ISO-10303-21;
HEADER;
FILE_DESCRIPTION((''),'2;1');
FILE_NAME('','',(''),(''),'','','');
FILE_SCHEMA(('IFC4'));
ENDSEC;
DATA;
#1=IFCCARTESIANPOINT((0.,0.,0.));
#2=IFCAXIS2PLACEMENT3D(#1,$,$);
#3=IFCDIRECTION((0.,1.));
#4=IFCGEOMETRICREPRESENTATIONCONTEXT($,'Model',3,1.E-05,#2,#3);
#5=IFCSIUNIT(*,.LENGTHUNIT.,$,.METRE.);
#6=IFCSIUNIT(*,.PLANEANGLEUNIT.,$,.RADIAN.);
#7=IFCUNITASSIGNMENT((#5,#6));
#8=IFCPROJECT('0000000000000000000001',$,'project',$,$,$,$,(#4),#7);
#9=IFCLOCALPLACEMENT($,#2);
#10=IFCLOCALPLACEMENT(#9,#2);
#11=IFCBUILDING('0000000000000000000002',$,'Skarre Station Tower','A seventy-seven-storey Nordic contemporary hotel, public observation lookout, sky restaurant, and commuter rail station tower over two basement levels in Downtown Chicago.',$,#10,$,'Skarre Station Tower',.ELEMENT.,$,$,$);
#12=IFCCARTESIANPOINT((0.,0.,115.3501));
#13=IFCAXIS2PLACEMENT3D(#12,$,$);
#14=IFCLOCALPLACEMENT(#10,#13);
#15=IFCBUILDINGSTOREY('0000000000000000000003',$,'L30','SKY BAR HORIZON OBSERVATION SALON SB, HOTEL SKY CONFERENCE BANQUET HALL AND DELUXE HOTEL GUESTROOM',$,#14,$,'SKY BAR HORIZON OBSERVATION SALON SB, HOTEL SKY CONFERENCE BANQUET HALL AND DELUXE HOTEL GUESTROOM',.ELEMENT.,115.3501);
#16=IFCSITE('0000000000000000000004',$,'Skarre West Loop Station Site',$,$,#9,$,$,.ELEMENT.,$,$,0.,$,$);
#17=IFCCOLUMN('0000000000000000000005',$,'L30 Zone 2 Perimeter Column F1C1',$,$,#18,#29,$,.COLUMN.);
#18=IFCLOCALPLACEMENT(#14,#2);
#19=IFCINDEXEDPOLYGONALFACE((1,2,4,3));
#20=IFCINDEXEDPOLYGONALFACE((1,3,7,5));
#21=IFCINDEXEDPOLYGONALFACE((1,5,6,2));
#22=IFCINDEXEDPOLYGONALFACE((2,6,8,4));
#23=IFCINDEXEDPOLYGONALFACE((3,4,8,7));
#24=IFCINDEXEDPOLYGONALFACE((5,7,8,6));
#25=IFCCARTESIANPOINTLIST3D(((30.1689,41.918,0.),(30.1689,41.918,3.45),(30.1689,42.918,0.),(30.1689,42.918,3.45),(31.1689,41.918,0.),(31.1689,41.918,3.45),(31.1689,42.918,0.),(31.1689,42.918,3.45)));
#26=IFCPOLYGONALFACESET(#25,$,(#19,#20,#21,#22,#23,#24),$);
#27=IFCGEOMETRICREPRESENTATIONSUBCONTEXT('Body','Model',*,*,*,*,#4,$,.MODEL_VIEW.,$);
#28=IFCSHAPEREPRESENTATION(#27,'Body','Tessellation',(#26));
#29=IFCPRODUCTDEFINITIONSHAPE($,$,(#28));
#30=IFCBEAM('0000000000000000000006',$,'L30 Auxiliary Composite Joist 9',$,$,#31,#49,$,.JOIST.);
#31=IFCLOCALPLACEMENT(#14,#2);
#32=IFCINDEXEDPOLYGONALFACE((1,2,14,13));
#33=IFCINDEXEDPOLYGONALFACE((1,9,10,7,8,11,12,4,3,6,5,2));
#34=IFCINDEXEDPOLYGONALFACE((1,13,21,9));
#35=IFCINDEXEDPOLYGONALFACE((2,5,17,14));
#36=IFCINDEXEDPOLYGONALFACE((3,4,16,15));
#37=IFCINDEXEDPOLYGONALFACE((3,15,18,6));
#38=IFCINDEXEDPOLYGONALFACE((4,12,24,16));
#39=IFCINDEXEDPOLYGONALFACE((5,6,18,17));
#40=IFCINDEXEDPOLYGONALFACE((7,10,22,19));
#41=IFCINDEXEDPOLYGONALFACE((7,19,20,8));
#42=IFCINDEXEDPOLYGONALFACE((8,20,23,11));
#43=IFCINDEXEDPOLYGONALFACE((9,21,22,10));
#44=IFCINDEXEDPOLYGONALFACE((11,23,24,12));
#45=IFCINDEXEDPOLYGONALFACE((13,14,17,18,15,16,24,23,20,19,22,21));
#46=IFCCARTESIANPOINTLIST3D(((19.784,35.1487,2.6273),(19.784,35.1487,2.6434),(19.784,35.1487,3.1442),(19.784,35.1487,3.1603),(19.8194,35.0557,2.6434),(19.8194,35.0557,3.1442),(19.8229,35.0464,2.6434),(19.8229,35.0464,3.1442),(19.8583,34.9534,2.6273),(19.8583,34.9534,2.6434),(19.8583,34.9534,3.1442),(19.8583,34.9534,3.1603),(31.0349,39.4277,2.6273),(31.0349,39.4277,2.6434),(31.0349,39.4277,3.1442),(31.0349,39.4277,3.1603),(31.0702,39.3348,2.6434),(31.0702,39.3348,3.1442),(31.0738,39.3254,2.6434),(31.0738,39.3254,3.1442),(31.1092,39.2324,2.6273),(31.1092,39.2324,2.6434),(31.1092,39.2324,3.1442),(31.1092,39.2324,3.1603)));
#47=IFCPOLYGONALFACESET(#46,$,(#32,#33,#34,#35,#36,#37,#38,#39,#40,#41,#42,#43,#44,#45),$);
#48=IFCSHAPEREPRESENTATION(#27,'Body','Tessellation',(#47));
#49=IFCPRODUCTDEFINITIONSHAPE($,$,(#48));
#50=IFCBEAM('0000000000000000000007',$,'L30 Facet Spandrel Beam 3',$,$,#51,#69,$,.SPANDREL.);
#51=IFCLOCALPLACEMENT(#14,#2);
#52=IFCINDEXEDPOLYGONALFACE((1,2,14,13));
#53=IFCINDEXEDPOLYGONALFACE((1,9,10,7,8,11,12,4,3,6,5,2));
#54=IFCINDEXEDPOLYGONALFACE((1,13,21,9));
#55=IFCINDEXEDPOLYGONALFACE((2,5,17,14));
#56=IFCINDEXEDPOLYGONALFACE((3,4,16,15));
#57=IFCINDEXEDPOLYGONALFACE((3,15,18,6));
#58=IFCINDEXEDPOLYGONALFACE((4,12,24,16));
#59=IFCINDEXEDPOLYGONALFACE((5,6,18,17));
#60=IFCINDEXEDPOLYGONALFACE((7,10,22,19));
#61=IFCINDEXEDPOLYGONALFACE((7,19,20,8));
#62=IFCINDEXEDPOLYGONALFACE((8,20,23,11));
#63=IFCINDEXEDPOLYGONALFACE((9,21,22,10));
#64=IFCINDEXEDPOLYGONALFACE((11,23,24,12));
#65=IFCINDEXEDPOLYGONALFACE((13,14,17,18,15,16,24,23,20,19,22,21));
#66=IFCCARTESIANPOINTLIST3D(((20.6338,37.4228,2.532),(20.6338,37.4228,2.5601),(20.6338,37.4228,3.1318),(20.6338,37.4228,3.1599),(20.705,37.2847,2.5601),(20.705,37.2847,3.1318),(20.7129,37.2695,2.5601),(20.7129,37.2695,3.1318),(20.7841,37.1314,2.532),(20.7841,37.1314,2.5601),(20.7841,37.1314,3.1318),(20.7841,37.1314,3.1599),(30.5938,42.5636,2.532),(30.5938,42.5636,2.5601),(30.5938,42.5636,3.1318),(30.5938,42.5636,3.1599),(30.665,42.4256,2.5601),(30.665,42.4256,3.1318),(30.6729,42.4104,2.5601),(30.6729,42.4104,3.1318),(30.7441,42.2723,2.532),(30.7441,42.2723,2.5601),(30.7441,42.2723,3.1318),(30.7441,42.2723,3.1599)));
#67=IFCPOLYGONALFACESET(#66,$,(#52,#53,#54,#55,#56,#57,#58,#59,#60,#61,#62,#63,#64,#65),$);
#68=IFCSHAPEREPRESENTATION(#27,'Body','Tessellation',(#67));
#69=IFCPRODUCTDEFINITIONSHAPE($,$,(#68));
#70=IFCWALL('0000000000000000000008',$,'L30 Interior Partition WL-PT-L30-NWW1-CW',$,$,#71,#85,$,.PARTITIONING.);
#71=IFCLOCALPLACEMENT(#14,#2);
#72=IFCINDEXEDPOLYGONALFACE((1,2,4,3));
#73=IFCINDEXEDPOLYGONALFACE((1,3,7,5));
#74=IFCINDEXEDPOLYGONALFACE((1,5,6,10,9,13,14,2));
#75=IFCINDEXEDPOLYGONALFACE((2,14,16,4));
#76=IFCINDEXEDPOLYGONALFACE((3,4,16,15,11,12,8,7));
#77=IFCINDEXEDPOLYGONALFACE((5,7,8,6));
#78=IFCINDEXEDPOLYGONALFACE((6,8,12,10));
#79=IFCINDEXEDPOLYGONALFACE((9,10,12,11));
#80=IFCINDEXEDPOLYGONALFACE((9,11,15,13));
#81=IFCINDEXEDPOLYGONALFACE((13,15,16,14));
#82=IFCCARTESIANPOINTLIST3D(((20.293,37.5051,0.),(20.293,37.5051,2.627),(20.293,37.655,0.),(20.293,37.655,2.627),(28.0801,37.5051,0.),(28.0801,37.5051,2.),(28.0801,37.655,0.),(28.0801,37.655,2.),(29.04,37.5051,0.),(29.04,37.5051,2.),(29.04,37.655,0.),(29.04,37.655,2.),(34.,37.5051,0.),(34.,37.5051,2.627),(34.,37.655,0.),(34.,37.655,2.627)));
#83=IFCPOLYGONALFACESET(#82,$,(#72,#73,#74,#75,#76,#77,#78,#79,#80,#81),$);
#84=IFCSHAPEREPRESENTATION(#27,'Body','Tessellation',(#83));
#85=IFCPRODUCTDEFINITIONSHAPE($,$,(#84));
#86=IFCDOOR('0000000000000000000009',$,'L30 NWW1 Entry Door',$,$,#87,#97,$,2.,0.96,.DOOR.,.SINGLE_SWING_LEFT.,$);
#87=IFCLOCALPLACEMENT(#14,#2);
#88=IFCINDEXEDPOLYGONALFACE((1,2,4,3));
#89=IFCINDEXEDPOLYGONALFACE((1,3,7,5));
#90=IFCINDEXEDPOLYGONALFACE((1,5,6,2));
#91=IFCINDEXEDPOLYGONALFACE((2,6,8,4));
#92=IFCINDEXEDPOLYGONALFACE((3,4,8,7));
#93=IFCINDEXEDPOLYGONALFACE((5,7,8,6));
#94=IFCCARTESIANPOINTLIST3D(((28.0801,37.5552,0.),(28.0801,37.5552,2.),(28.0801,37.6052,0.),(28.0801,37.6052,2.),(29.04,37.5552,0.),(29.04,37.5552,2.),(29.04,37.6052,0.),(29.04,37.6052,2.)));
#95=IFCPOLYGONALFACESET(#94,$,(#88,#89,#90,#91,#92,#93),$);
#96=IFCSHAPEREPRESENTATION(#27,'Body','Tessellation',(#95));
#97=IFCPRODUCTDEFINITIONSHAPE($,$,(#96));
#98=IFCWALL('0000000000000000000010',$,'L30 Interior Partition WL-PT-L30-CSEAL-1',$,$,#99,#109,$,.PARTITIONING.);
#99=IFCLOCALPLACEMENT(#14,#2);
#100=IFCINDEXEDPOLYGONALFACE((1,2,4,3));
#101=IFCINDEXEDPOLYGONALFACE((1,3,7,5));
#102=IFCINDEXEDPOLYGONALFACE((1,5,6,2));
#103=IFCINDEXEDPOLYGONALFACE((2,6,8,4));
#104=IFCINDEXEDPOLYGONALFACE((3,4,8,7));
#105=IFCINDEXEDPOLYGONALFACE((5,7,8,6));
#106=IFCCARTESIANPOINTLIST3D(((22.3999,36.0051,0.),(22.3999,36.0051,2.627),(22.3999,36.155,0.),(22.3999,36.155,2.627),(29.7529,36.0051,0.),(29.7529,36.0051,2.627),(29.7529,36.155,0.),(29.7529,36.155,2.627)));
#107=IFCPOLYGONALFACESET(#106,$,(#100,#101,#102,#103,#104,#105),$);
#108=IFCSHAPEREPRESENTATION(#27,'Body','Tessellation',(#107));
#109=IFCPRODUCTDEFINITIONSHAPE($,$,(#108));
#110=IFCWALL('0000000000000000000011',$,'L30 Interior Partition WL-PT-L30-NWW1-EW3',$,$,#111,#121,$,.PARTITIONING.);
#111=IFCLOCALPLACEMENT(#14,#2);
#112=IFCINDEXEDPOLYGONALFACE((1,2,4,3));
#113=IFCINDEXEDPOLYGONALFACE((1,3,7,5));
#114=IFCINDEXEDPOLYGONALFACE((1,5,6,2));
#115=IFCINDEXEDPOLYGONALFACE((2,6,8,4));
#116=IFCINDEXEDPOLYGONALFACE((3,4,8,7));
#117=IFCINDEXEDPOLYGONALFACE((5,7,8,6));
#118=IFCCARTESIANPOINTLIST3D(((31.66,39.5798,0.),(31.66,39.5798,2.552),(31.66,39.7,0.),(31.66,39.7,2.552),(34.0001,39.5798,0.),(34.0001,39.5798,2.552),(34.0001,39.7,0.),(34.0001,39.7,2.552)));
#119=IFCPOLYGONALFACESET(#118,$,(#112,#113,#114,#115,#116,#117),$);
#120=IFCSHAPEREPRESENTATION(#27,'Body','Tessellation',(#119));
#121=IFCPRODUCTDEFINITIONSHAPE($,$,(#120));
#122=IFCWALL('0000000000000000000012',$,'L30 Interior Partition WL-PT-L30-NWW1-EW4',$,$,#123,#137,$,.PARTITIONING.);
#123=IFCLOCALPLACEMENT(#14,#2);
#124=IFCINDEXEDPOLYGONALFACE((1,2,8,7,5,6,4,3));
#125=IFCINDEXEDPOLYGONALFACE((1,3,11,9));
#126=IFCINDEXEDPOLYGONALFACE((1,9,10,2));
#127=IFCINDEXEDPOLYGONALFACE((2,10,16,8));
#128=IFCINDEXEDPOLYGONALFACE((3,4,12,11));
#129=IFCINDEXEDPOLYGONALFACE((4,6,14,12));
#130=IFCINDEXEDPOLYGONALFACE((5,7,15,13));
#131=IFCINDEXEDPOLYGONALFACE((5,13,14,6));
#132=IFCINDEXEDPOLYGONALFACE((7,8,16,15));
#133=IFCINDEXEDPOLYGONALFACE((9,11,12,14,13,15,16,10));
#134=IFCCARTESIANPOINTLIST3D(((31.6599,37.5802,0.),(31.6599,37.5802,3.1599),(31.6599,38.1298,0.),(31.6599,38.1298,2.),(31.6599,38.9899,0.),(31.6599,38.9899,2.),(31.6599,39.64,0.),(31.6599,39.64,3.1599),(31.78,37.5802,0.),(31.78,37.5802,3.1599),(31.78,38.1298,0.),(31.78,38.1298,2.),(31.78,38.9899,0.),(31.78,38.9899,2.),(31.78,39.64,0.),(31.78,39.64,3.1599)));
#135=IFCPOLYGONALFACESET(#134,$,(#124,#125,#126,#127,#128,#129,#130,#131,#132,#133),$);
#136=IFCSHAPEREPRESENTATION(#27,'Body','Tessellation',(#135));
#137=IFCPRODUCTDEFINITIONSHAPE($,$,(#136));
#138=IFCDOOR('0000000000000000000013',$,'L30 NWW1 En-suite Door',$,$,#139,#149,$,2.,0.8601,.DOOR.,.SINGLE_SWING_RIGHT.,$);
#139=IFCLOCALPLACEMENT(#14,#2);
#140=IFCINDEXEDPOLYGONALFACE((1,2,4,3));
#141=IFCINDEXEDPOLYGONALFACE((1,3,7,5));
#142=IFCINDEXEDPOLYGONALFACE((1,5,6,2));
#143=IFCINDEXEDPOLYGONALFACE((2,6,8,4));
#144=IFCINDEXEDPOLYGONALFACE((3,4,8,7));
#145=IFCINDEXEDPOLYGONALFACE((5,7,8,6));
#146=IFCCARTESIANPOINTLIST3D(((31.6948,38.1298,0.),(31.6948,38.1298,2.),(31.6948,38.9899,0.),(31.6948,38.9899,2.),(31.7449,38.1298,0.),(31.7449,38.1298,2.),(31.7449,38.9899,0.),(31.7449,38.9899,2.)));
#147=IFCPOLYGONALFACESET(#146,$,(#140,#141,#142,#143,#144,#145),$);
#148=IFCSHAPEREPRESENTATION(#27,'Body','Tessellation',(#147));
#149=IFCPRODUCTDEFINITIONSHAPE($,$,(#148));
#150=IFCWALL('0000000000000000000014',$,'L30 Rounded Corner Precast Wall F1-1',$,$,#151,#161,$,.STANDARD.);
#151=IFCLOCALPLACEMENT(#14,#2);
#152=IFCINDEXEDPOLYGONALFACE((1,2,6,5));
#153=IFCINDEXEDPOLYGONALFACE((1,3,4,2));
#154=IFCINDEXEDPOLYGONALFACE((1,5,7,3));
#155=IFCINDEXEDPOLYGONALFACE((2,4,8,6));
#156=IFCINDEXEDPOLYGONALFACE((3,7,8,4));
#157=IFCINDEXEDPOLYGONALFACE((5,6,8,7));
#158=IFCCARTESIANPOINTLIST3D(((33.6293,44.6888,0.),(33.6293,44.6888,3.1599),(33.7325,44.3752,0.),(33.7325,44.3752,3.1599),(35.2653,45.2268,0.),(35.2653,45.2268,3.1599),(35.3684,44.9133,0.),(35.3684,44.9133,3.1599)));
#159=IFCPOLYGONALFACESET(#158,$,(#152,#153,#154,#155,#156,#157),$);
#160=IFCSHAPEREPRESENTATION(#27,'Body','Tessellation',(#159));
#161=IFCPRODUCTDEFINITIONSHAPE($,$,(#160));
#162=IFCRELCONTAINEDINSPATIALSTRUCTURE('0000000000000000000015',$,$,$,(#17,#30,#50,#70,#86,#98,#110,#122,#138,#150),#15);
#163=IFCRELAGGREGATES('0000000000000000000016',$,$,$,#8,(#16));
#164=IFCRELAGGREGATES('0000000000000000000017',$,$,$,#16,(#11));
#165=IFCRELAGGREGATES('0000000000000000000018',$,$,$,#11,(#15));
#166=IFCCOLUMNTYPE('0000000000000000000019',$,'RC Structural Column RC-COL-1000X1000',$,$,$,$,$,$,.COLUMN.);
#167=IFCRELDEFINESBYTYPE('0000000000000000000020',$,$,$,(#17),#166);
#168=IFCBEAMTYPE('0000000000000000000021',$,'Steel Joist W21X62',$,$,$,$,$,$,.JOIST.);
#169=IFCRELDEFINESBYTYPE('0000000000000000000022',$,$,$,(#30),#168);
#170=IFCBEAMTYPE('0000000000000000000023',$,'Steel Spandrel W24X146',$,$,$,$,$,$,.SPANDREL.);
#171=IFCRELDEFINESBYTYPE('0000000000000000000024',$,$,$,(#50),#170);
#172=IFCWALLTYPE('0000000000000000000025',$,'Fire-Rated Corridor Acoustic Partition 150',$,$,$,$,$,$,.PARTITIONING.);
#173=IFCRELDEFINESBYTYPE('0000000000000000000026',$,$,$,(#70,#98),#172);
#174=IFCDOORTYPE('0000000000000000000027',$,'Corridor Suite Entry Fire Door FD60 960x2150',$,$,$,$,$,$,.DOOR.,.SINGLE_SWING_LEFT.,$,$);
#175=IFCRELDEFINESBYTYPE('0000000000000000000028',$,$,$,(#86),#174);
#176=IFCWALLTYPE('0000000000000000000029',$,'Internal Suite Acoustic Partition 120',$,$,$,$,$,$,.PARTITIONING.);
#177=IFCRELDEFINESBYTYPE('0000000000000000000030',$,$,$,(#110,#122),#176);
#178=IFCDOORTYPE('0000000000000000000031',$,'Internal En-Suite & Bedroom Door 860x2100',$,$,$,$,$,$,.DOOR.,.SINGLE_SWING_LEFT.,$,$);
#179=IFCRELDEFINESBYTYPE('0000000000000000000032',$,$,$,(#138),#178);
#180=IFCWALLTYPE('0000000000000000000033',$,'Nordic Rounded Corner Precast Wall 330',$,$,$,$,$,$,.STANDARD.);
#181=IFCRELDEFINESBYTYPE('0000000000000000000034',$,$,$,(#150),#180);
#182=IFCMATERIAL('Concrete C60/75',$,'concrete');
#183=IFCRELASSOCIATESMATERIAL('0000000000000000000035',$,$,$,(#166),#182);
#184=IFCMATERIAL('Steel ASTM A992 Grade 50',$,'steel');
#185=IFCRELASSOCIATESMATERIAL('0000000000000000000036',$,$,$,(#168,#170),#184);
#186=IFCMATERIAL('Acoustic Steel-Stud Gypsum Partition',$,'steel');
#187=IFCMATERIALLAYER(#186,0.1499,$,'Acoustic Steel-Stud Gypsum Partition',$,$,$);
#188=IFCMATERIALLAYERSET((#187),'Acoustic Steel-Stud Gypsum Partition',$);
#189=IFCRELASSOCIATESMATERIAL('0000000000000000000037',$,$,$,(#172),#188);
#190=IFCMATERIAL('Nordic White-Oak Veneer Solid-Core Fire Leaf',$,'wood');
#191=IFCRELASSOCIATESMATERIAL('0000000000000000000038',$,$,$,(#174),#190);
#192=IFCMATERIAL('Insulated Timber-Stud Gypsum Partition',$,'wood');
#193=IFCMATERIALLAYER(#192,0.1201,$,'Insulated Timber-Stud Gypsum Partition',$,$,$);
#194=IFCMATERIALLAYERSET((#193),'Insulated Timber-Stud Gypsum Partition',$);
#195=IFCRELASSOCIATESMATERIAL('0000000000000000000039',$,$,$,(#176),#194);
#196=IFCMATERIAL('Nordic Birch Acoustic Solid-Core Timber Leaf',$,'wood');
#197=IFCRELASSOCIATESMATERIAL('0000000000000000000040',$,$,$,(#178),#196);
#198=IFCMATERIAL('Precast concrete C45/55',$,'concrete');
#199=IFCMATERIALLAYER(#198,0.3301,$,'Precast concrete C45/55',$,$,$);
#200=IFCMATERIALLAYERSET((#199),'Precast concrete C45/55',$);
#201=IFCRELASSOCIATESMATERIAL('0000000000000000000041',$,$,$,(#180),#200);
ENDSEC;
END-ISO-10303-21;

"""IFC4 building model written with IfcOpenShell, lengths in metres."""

from ifc_helpers import new_model, si_unit, direction, frame, frame_2d, origin, origin_2d, place, context, subcontext, project, spatial, rectangle, i_section, extrude, material, layer, layer_set, material_profile, profile_set, type_object, element, fill, save


model = new_model("IFC4")

# Units and contexts
model_context = context("Model", 3, precision=1e-05, world=origin(), true_north=direction((0.0, 1.0)))
body_context = subcontext(model_context, "Body", "Model", "MODEL_VIEW")
ifc_project = project(units=[si_unit("LENGTHUNIT", "METRE"), si_unit("PLANEANGLEUNIT", "RADIAN")], contexts=[model_context])

# Site, building, storey
site_placement = place(None, origin())
site = spatial("IfcSite", under=ifc_project, at=site_placement, Name="Skarre West Loop Station Site", CompositionType="ELEMENT", RefElevation=0.0)
building_placement = place(site_placement, origin())
building = spatial("IfcBuilding", under=site, at=building_placement, Name="Skarre Station Tower", Description="A seventy-seven-storey Nordic contemporary hotel, public observation lookout, sky restaurant, and commuter rail station tower over two basement levels in Downtown Chicago.", LongName="Skarre Station Tower", CompositionType="ELEMENT")
storey_placement = place(building_placement, frame((0.0, 0.0, 115.3501)))
storey = spatial("IfcBuildingStorey", under=building, at=storey_placement, Name="L30", Description="SKY BAR HORIZON OBSERVATION SALON SB, HOTEL SKY CONFERENCE BANQUET HALL AND DELUXE HOTEL GUESTROOM", LongName="SKY BAR HORIZON OBSERVATION SALON SB, HOTEL SKY CONFERENCE BANQUET HALL AND DELUXE HOTEL GUESTROOM", CompositionType="ELEMENT", Elevation=115.3501)

# Column
ifc_material_1 = material(Name="Concrete C60/75", Category="concrete")
ifc_material_profile_1 = material_profile(ifc_material_1, rectangle(XDim=1.0, YDim=1.0, at=origin_2d()), Name="Concrete C60/75")
ifc_profile_set_1 = profile_set([ifc_material_profile_1], Name="Concrete C60/75")
column_type = type_object("IfcColumnType", Name="RC Structural Column RC-COL-1000X1000", PredefinedType="COLUMN", material=ifc_profile_set_1)
column_placement = place(storey_placement, frame((30.6689, 42.418, 0.0), z_axis=(0.0, 0.0, 1.0), x_axis=(1.0, 0.0, 0.0)))
element("IfcColumn", 1, at=column_placement, inside=storey, type_object=column_type, Name="L30 Zone 2 Perimeter Column F1C1", PredefinedType="COLUMN", context=body_context, shape_type="SweptSolid", body=[
    extrude(rectangle(XDim=1.0, YDim=1.0, at=origin_2d()), origin(), (0.0, 0.0, 1.0), 3.45),
])

# Beams
ifc_material_2 = material(Name="Steel ASTM A992 Grade 50", Category="steel")
ifc_material_profile_2 = material_profile(ifc_material_2, i_section(OverallWidth=0.209, OverallDepth=0.533, WebThickness=0.01, FlangeThickness=0.0161, at=origin_2d()), Name="Steel ASTM A992 Grade 50")
ifc_profile_set_2 = profile_set([ifc_material_profile_2], Name="Steel ASTM A992 Grade 50")
beam_type_1 = type_object("IfcBeamType", Name="Steel Joist W21X62", PredefinedType="JOIST", material=ifc_profile_set_2)
beam_1_placement = place(storey_placement, frame((31.072, 39.3301, 2.8938), z_axis=(-0.934682, -0.355485, 0.0), x_axis=(0.355485, -0.934682, 0.0)))
element("IfcBeam", 2, at=beam_1_placement, inside=storey, type_object=beam_type_1, Name="L30 Auxiliary Composite Joist 9", PredefinedType="JOIST", context=body_context, shape_type="SweptSolid", body=[
    extrude(i_section(OverallWidth=0.209, OverallDepth=0.533, WebThickness=0.01, FlangeThickness=0.0161, at=origin_2d()), origin(), (0.0, 0.0, 1.0), 12.0371),
])
ifc_material_profile_3 = material_profile(ifc_material_2, i_section(OverallWidth=0.3279, OverallDepth=0.6279, WebThickness=0.0171, FlangeThickness=0.0281, at=origin_2d()), Name="Steel ASTM A992 Grade 50")
ifc_profile_set_3 = profile_set([ifc_material_profile_3], Name="Steel ASTM A992 Grade 50")
beam_type_2 = type_object("IfcBeamType", Name="Steel Spandrel W24X146", PredefinedType="SPANDREL", material=ifc_profile_set_3)
beam_2_placement = place(storey_placement, frame((30.6689, 42.418, 2.8459), z_axis=(-0.888612, -0.45866, 0.0), x_axis=(0.45866, -0.888612, 0.0)))
element("IfcBeam", 3, at=beam_2_placement, inside=storey, type_object=beam_type_2, Name="L30 Facet Spandrel Beam 3", PredefinedType="SPANDREL", context=body_context, shape_type="SweptSolid", body=[
    extrude(i_section(OverallWidth=0.3279, OverallDepth=0.6279, WebThickness=0.0171, FlangeThickness=0.0281, at=origin_2d()), origin(), (0.0, 0.0, 1.0), 11.2085),
])

# Wall, opening, door
ifc_material_3 = material(Name="Acoustic Steel-Stud Gypsum Partition", Category="steel")
ifc_layer_1 = layer(ifc_material_3, 0.1499, Name="Acoustic Steel-Stud Gypsum Partition")
ifc_layer_set_1 = layer_set([ifc_layer_1], Name="Acoustic Steel-Stud Gypsum Partition")
wall_type_1 = type_object("IfcWallType", Name="Fire-Rated Corridor Acoustic Partition 150", PredefinedType="PARTITIONING", material=ifc_layer_set_1)
wall_1_placement = place(storey_placement, frame((34.0, 37.5801, 0.0), z_axis=(0.0, 0.0, 1.0), x_axis=(-1.0, 0.0, 0.0)))
wall_1 = element("IfcWall", 4, at=wall_1_placement, inside=storey, type_object=wall_type_1, Name="L30 Interior Partition WL-PT-L30-NWW1-CW", PredefinedType="PARTITIONING", context=body_context, shape_type="SweptSolid", body=[
    extrude(rectangle(XDim=13.707, YDim=0.1499, at=frame_2d((6.8535, 0.0))), origin(), (0.0, 0.0, 1.0), 2.627),
])
opening_1_placement = place(wall_1_placement, frame((4.96, 0.0, 0.0)))
opening_1 = element("IfcOpeningElement", 5, at=opening_1_placement, cuts=wall_1, PredefinedType="OPENING", context=body_context, shape_type="SweptSolid", body=[
    extrude(rectangle(XDim=0.96, YDim=2.0, at=frame_2d((0.48, 1.0))), frame((0.0, 0.085, 0.0), z_axis=(0.0, -1.0, 0.0), x_axis=(1.0, 0.0, 0.0)), (0.0, 0.0, 1.0), 0.1699),
])
ifc_material_4 = material(Name="Nordic White-Oak Veneer Solid-Core Fire Leaf", Category="wood")
door_type_1 = type_object("IfcDoorType", Name="Corridor Suite Entry Fire Door FD60 960x2150", OperationType="SINGLE_SWING_LEFT", PredefinedType="DOOR", material=ifc_material_4)
door_1_placement = place(opening_1_placement, origin())
door_1 = element("IfcDoor", 6, at=door_1_placement, inside=storey, type_object=door_type_1, Name="L30 NWW1 Entry Door", OperationType="SINGLE_SWING_LEFT", OverallHeight=2.0, OverallWidth=0.96, PredefinedType="DOOR", context=body_context, shape_type="SweptSolid", body=[
    extrude(rectangle(XDim=0.96, YDim=2.0, at=frame_2d((0.48, 1.0))), frame((0.0, 0.0249, 0.0), z_axis=(0.0, -1.0, 0.0), x_axis=(1.0, 0.0, 0.0)), (0.0, 0.0, 1.0), 0.05),
])
fill(opening_1, door_1)

# Walls
wall_2_placement = place(storey_placement, frame((29.7529, 36.0801, 0.0), z_axis=(0.0, 0.0, 1.0), x_axis=(-1.0, 0.0, 0.0)))
element("IfcWall", 7, at=wall_2_placement, inside=storey, type_object=wall_type_1, Name="L30 Interior Partition WL-PT-L30-CSEAL-1", PredefinedType="PARTITIONING", context=body_context, shape_type="SweptSolid", body=[
    extrude(rectangle(XDim=7.353, YDim=0.1499, at=frame_2d((3.6765, 0.0))), origin(), (0.0, 0.0, 1.0), 2.627),
])
ifc_material_5 = material(Name="Insulated Timber-Stud Gypsum Partition", Category="wood")
ifc_layer_2 = layer(ifc_material_5, 0.1201, Name="Insulated Timber-Stud Gypsum Partition")
ifc_layer_set_2 = layer_set([ifc_layer_2], Name="Insulated Timber-Stud Gypsum Partition")
wall_type_2 = type_object("IfcWallType", Name="Internal Suite Acoustic Partition 120", PredefinedType="PARTITIONING", material=ifc_layer_set_2)
wall_3_placement = place(storey_placement, frame((34.0, 39.6399, 0.0), z_axis=(0.0, 0.0, 1.0), x_axis=(-1.0, 0.0, 0.0)))
element("IfcWall", 8, at=wall_3_placement, inside=storey, type_object=wall_type_2, Name="L30 Interior Partition WL-PT-L30-NWW1-EW3", PredefinedType="PARTITIONING", context=body_context, shape_type="SweptSolid", body=[
    extrude(rectangle(XDim=2.3401, YDim=0.1201, at=frame_2d((1.1699, 0.0))), origin(), (0.0, 0.0, 1.0), 2.552),
])

# Wall, opening, door
wall_4_placement = place(storey_placement, frame((31.72, 39.6399, 0.0), z_axis=(0.0, 0.0, 1.0), x_axis=(0.0, -1.0, 0.0)))
wall_4 = element("IfcWall", 9, at=wall_4_placement, inside=storey, type_object=wall_type_2, Name="L30 Interior Partition WL-PT-L30-NWW1-EW4", PredefinedType="PARTITIONING", context=body_context, shape_type="SweptSolid", body=[
    extrude(rectangle(XDim=2.0598, YDim=0.1201, at=frame_2d((1.0298, 0.0))), origin(), (0.0, 0.0, 1.0), 3.1599),
])
opening_2_placement = place(wall_4_placement, frame((0.6499, 0.0, 0.0)))
opening_2 = element("IfcOpeningElement", 10, at=opening_2_placement, cuts=wall_4, PredefinedType="OPENING", context=body_context, shape_type="SweptSolid", body=[
    extrude(rectangle(XDim=0.8601, YDim=2.0, at=frame_2d((0.4302, 1.0))), frame((0.0, 0.0701, 0.0), z_axis=(0.0, -1.0, 0.0), x_axis=(1.0, 0.0, 0.0)), (0.0, 0.0, 1.0), 0.1401),
])
ifc_material_6 = material(Name="Nordic Birch Acoustic Solid-Core Timber Leaf", Category="wood")
door_type_2 = type_object("IfcDoorType", Name="Internal En-Suite & Bedroom Door 860x2100", OperationType="SINGLE_SWING_LEFT", PredefinedType="DOOR", material=ifc_material_6)
door_2_placement = place(opening_2_placement, origin())
door_2 = element("IfcDoor", 11, at=door_2_placement, inside=storey, type_object=door_type_2, Name="L30 NWW1 En-suite Door", OperationType="SINGLE_SWING_RIGHT", OverallHeight=2.0, OverallWidth=0.8601, PredefinedType="DOOR", context=body_context, shape_type="SweptSolid", body=[
    extrude(rectangle(XDim=0.8601, YDim=2.0, at=frame_2d((0.4302, 1.0))), frame((0.0, 0.0249, 0.0), z_axis=(0.0, -1.0, 0.0), x_axis=(1.0, 0.0, 0.0)), (0.0, 0.0, 1.0), 0.05),
])
fill(opening_2, door_2)

# Wall
ifc_material_7 = material(Name="Precast concrete C45/55", Category="concrete")
ifc_layer_3 = layer(ifc_material_7, 0.3301, Name="Precast concrete C45/55")
ifc_layer_set_3 = layer_set([ifc_layer_3], Name="Precast concrete C45/55")
wall_type_3 = type_object("IfcWallType", Name="Nordic Rounded Corner Precast Wall 330", PredefinedType="STANDARD", material=ifc_layer_set_3)
wall_5_placement = place(storey_placement, frame((33.6809, 44.532, 0.0), z_axis=(0.0, 0.0, 1.0), x_axis=(0.949937, 0.31244, 0.0)))
element("IfcWall", 12, at=wall_5_placement, inside=storey, type_object=wall_type_3, Name="L30 Rounded Corner Precast Wall F1-1", PredefinedType="STANDARD", context=body_context, shape_type="SweptSolid", body=[
    extrude(rectangle(XDim=1.7222, YDim=0.3301, at=frame_2d((0.8611, 0.0))), origin(), (0.0, 0.0, 1.0), 3.1599),
])

save(model, "model.ifc")
